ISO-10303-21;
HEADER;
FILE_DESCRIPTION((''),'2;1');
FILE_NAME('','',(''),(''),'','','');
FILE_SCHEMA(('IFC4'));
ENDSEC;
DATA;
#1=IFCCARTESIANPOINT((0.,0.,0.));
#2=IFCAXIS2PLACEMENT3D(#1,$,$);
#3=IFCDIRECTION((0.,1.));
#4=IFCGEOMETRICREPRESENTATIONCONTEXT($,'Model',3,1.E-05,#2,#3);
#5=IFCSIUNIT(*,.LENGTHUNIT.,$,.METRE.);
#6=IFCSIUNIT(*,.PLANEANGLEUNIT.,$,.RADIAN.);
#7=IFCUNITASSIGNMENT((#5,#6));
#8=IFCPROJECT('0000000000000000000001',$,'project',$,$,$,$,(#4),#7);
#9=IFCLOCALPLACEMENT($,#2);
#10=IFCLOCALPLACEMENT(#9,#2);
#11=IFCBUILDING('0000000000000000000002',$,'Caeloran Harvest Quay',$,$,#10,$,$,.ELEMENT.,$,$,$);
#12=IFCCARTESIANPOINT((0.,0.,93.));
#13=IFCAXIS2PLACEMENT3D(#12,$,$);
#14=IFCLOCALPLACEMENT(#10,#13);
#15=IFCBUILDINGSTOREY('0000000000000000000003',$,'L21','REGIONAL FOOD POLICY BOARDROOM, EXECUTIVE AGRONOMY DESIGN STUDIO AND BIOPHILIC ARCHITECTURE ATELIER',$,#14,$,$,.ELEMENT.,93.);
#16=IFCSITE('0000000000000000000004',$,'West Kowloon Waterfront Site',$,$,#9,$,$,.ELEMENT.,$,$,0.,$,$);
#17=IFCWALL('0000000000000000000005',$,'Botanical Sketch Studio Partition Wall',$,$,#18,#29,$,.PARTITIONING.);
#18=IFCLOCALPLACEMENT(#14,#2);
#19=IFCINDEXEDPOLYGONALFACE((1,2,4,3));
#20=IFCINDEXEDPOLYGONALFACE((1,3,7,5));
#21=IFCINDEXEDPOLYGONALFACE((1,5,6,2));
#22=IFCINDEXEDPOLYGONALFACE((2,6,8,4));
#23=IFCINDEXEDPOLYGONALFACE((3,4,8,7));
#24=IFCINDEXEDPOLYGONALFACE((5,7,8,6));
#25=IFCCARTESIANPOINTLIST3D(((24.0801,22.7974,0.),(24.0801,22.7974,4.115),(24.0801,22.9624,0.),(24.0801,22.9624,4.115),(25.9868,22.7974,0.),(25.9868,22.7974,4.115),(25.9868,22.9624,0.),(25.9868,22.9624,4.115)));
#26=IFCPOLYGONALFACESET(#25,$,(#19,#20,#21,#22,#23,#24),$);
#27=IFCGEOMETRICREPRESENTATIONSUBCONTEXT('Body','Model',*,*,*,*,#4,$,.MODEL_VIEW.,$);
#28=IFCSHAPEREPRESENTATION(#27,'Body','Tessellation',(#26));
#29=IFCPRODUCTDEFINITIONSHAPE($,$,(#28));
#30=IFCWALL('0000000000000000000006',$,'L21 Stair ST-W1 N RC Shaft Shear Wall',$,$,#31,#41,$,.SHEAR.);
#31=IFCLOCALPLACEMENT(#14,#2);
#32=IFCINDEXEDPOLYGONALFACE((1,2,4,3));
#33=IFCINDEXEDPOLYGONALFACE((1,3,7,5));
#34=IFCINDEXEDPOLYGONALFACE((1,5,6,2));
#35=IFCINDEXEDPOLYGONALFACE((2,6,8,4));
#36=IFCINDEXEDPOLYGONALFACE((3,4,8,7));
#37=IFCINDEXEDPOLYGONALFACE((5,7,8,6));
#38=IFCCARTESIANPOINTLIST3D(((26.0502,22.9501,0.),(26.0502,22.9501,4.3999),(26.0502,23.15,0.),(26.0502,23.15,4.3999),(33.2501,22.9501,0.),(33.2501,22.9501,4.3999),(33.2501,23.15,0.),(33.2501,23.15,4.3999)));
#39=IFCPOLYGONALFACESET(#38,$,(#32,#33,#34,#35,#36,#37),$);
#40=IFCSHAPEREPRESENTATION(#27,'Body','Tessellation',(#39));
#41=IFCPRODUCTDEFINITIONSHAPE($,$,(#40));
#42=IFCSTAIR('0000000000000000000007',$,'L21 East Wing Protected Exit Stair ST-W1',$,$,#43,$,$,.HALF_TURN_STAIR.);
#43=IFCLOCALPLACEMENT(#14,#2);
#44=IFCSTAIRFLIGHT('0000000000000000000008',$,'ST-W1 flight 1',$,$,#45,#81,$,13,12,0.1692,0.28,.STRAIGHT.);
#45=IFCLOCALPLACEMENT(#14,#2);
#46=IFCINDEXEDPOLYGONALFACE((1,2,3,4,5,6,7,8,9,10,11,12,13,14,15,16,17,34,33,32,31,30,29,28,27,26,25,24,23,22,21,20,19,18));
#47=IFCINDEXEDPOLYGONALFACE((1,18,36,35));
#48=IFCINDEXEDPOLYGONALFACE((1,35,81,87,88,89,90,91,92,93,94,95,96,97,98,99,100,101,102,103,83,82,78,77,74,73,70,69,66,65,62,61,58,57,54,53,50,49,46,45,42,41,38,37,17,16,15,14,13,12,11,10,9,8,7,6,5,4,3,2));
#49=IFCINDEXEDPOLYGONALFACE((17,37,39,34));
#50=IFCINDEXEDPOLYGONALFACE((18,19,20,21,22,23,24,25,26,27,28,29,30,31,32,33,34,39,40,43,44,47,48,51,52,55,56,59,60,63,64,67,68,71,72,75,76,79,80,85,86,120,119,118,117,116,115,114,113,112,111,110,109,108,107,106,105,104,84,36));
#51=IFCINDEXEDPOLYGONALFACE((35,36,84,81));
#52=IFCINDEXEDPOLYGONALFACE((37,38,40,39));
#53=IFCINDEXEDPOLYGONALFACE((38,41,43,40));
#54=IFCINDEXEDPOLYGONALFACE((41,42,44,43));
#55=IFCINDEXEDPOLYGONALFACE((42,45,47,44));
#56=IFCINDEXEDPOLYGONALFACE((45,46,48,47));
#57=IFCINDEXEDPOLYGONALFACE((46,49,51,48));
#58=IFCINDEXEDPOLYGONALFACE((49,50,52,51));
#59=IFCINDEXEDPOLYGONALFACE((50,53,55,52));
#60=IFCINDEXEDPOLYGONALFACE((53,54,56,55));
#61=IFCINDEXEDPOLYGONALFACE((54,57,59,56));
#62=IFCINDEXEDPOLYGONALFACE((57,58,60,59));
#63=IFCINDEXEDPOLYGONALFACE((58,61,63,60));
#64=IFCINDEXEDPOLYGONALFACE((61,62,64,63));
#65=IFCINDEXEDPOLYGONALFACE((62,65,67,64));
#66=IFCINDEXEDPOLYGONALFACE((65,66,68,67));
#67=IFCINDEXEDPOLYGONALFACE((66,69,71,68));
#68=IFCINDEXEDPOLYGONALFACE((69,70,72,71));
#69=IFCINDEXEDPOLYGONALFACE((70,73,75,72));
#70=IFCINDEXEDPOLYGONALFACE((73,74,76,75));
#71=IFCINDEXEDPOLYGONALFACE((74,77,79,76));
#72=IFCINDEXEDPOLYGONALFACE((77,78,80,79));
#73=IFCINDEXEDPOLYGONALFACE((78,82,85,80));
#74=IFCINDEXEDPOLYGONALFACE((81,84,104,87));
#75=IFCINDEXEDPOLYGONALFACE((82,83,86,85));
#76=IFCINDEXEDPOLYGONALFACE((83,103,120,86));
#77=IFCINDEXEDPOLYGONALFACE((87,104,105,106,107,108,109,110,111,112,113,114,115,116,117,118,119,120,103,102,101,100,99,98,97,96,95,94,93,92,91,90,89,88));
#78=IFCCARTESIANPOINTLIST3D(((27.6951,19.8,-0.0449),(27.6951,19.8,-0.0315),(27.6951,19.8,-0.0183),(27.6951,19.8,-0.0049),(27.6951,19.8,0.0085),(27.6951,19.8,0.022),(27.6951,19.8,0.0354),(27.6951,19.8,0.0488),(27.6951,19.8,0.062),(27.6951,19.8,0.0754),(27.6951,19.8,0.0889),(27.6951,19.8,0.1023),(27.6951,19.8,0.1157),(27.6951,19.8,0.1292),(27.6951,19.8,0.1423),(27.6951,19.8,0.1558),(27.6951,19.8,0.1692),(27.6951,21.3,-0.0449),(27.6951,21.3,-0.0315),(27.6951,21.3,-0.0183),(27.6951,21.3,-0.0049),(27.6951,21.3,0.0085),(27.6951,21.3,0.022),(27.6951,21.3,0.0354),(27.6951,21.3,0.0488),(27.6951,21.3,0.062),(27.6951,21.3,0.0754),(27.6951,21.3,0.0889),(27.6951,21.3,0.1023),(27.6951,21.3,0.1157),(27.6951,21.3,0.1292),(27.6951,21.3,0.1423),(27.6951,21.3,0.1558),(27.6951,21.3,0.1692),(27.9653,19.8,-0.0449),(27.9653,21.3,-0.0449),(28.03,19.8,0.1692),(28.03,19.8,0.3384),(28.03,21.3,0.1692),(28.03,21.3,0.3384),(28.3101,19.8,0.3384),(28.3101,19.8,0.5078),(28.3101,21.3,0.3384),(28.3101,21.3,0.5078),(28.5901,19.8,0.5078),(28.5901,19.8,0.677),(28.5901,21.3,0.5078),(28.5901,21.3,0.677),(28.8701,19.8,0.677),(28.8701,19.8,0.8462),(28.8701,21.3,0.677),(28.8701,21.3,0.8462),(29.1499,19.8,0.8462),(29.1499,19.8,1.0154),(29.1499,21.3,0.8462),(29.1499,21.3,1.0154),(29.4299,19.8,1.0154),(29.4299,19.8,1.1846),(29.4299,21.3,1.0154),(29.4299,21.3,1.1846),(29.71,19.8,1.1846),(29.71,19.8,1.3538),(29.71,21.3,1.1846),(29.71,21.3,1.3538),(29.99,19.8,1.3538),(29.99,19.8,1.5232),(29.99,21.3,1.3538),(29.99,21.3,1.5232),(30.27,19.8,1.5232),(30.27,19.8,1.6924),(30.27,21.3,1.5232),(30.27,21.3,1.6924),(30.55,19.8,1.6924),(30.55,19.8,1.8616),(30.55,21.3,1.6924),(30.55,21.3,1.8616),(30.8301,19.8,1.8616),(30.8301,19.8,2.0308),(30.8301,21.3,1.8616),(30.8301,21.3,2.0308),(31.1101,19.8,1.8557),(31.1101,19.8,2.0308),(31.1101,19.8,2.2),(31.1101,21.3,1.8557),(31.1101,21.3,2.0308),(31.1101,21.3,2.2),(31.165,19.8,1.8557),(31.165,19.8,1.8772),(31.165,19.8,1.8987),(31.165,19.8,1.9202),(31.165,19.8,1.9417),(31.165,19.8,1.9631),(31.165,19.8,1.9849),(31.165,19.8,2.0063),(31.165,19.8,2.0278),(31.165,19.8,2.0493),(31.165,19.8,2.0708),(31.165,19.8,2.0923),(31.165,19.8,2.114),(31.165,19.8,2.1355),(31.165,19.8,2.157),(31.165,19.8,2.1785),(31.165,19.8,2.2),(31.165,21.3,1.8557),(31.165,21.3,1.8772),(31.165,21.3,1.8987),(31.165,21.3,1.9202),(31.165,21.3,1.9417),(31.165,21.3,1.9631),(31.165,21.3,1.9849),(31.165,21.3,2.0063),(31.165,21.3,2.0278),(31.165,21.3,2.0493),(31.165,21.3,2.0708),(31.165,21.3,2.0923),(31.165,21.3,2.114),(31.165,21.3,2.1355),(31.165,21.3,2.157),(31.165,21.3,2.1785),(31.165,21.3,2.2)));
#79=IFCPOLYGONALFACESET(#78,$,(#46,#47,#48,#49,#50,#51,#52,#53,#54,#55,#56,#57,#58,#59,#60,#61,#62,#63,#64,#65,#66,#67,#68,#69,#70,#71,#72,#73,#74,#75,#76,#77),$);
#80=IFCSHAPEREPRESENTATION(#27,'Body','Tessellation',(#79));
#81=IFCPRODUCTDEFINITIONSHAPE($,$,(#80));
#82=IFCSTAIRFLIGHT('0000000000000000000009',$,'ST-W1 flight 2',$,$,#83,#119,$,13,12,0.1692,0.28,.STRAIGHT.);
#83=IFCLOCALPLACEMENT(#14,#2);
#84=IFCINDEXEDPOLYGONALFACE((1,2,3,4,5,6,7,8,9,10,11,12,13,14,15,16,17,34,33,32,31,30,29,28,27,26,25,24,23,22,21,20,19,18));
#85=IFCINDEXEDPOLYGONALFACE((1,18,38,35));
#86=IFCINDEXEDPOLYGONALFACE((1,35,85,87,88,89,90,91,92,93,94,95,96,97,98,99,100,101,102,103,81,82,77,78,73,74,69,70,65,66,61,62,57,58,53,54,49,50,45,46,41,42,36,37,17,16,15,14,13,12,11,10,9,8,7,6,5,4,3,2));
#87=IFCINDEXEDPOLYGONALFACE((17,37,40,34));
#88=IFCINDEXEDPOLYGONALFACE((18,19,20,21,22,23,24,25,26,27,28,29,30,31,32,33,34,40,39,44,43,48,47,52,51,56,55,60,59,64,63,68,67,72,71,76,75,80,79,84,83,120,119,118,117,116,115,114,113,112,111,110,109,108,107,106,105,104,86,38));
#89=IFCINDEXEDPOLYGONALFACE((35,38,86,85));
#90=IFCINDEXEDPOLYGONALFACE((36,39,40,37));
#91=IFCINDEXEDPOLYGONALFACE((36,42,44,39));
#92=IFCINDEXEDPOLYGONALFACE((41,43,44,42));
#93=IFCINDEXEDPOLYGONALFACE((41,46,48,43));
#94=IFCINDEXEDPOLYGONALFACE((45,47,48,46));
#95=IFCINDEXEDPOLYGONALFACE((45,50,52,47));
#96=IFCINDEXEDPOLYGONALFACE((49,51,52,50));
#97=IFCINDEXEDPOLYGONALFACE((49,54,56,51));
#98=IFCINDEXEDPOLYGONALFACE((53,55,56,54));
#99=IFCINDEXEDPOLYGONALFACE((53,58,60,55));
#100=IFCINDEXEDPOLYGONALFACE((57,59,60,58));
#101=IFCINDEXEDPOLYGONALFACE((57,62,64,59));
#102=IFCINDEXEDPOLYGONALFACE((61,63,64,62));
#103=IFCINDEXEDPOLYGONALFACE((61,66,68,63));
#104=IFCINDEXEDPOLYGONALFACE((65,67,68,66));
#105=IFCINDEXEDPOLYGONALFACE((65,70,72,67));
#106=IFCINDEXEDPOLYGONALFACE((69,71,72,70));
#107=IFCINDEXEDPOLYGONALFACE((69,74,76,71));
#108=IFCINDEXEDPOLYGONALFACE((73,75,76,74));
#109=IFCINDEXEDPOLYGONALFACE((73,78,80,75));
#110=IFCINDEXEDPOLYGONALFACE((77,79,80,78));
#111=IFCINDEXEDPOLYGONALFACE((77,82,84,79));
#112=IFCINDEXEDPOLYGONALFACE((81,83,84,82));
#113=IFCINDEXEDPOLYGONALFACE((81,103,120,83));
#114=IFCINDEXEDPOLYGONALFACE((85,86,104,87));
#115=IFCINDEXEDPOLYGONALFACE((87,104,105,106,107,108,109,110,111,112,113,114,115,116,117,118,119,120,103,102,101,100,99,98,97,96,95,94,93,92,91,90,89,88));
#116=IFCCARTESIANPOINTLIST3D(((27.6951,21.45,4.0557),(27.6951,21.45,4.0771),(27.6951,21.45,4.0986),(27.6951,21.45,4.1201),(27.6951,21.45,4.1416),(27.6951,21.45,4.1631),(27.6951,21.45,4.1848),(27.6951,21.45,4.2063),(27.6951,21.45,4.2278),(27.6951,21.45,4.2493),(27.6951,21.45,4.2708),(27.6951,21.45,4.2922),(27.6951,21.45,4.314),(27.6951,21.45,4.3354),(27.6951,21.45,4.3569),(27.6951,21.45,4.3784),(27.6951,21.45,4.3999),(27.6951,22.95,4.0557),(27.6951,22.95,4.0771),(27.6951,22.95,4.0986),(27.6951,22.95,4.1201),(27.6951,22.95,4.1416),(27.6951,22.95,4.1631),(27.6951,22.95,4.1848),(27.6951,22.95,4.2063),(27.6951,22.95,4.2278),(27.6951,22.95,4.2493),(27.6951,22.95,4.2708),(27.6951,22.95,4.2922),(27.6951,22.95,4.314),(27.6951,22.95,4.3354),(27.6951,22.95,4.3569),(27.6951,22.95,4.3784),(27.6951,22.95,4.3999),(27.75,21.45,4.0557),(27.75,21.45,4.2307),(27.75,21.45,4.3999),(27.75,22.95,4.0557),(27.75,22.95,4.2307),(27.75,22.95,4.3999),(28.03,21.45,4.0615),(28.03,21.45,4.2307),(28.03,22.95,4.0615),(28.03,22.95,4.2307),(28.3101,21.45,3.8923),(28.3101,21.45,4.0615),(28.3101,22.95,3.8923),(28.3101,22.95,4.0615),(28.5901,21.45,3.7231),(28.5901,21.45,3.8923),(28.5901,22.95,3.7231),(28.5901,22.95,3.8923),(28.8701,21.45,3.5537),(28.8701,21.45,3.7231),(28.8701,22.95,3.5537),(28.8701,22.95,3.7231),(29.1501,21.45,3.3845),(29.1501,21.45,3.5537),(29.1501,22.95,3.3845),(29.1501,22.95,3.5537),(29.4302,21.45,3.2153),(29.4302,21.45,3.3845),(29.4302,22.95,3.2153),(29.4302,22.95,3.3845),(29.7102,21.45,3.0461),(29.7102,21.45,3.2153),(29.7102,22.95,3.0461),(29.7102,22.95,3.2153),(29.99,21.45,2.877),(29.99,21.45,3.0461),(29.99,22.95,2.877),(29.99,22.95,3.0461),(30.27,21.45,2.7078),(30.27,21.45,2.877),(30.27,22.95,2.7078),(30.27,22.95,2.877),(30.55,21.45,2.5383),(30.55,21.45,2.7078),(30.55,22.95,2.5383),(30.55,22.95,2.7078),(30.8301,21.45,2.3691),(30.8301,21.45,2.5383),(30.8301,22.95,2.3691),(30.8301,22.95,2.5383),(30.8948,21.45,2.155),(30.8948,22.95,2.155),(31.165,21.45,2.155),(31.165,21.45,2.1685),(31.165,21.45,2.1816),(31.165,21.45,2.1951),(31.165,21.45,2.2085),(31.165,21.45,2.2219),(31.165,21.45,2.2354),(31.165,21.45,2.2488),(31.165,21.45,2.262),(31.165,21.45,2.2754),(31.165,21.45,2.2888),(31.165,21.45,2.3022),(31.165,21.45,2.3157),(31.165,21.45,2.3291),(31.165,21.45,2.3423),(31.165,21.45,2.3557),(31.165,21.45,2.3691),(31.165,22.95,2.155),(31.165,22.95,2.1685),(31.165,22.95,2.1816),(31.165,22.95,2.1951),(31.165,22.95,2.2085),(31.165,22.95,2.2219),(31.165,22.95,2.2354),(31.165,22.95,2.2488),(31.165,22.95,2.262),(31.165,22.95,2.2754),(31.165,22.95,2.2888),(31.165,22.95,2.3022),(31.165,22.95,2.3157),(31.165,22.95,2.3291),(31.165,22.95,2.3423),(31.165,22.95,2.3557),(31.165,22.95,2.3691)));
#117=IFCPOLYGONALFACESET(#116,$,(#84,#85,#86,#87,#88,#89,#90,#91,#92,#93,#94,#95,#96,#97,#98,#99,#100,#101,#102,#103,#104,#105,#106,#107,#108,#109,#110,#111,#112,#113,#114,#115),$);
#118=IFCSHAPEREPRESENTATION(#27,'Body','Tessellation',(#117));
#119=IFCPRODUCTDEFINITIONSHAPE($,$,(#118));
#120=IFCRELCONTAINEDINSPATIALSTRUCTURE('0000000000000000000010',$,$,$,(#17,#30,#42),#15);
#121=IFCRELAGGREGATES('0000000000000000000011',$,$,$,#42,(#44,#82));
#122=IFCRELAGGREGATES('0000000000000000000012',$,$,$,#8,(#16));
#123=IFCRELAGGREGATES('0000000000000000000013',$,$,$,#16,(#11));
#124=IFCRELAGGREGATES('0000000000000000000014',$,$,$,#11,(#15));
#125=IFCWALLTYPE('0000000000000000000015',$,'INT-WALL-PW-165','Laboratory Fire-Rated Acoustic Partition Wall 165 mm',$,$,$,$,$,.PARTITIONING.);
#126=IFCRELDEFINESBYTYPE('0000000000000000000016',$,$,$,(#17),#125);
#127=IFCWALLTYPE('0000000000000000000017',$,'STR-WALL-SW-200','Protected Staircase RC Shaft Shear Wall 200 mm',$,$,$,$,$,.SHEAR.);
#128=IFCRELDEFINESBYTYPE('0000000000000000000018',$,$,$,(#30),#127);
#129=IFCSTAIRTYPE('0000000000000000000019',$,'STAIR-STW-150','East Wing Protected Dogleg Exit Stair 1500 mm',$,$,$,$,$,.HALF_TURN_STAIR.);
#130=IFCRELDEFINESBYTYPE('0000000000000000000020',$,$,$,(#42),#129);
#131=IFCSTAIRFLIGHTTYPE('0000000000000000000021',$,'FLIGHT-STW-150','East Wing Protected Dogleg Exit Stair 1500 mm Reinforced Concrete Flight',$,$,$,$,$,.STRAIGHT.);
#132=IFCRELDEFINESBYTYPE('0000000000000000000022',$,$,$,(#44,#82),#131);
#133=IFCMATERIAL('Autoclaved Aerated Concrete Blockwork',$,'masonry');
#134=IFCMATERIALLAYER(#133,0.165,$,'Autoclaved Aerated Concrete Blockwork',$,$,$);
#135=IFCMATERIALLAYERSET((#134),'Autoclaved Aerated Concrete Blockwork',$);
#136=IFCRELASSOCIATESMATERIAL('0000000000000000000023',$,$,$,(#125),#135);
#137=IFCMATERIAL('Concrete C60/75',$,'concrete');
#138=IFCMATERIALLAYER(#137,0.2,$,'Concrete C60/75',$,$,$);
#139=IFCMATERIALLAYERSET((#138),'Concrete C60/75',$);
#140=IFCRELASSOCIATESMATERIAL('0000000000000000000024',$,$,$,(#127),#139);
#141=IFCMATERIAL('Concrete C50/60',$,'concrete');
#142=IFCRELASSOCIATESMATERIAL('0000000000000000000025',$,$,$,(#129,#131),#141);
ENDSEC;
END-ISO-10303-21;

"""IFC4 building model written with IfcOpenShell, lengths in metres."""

from ifc_helpers import new_model, si_unit, direction, frame, frame_2d, origin, place, context, subcontext, project, spatial, polyline, rectangle, outline, extrude, material, layer, layer_set, type_object, element, aggregate, save


model = new_model("IFC4")

# Units and contexts
model_context = context("Model", 3, precision=1e-05, world=origin(), true_north=direction((0.0, 1.0)))
body_context = subcontext(model_context, "Body", "Model", "MODEL_VIEW")
ifc_project = project(units=[si_unit("LENGTHUNIT", "METRE"), si_unit("PLANEANGLEUNIT", "RADIAN")], contexts=[model_context])

# Site, building, storey
site_placement = place(None, origin())
site = spatial("IfcSite", under=ifc_project, at=site_placement, Name="West Kowloon Waterfront Site", CompositionType="ELEMENT", RefElevation=0.0)
building_placement = place(site_placement, origin())
building = spatial("IfcBuilding", under=site, at=building_placement, Name="Caeloran Harvest Quay", CompositionType="ELEMENT")
storey_placement = place(building_placement, frame((0.0, 0.0, 93.0)))
storey = spatial("IfcBuildingStorey", under=building, at=storey_placement, Name="L21", Description="REGIONAL FOOD POLICY BOARDROOM, EXECUTIVE AGRONOMY DESIGN STUDIO AND BIOPHILIC ARCHITECTURE ATELIER", CompositionType="ELEMENT", Elevation=93.0)

# Walls
ifc_material_1 = material(Name="Autoclaved Aerated Concrete Blockwork", Category="masonry")
ifc_layer_1 = layer(ifc_material_1, 0.165, Name="Autoclaved Aerated Concrete Blockwork")
ifc_layer_set_1 = layer_set([ifc_layer_1], Name="Autoclaved Aerated Concrete Blockwork")
wall_type_1 = type_object("IfcWallType", Name="INT-WALL-PW-165", Description="Laboratory Fire-Rated Acoustic Partition Wall 165 mm", PredefinedType="PARTITIONING", material=ifc_layer_set_1)
wall_1_placement = place(storey_placement, frame((25.9868, 22.8799, 0.0), z_axis=(0.0, 0.0, 1.0), x_axis=(-1.0, 0.0, 0.0)))
element("IfcWall", 1, at=wall_1_placement, inside=storey, type_object=wall_type_1, Name="Botanical Sketch Studio Partition Wall", PredefinedType="PARTITIONING", context=body_context, shape_type="SweptSolid", body=[
    extrude(rectangle(XDim=1.9067, YDim=0.165, at=frame_2d((0.9534, 0.0))), origin(), (0.0, 0.0, 1.0), 4.115),
])
ifc_material_2 = material(Name="Concrete C60/75", Category="concrete")
ifc_layer_2 = layer(ifc_material_2, 0.2, Name="Concrete C60/75")
ifc_layer_set_2 = layer_set([ifc_layer_2], Name="Concrete C60/75")
wall_type_2 = type_object("IfcWallType", Name="STR-WALL-SW-200", Description="Protected Staircase RC Shaft Shear Wall 200 mm", PredefinedType="SHEAR", material=ifc_layer_set_2)
wall_2_placement = place(storey_placement, frame((26.05, 23.05, 0.0), z_axis=(0.0, 0.0, 1.0), x_axis=(1.0, 0.0, 0.0)))
element("IfcWall", 2, at=wall_2_placement, inside=storey, type_object=wall_type_2, Name="L21 Stair ST-W1 N RC Shaft Shear Wall", PredefinedType="SHEAR", context=body_context, shape_type="SweptSolid", body=[
    extrude(rectangle(XDim=7.2, YDim=0.2, at=frame_2d((3.6001, 0.0))), origin(), (0.0, 0.0, 1.0), 4.3999),
])

# Stair, stair flights
ifc_material_3 = material(Name="Concrete C50/60", Category="concrete")
stair_type = type_object("IfcStairType", Name="STAIR-STW-150", Description="East Wing Protected Dogleg Exit Stair 1500 mm", PredefinedType="HALF_TURN_STAIR", material=ifc_material_3)
stair_placement = place(storey_placement, origin())
stair = element("IfcStair", 3, at=stair_placement, inside=storey, type_object=stair_type, Name="L21 East Wing Protected Exit Stair ST-W1", PredefinedType="HALF_TURN_STAIR")
stair_flight_type = type_object("IfcStairFlightType", Name="FLIGHT-STW-150", Description="East Wing Protected Dogleg Exit Stair 1500 mm Reinforced Concrete Flight", PredefinedType="STRAIGHT", material=ifc_material_3)
stair_flight_1_placement = place(storey_placement, frame((27.75, 20.55, 0.0), z_axis=(0.0, 0.0, 1.0), x_axis=(1.0, 0.0, 0.0)))
stair_flight_1 = element("IfcStairFlight", 4, at=stair_flight_1_placement, type_object=stair_flight_type, Name="ST-W1 flight 1", NumberOfRisers=13, NumberOfTreads=12, PredefinedType="STRAIGHT", RiserHeight=0.1692, TreadLength=0.28, context=body_context, shape_type="SweptSolid", body=[
    extrude(outline(polyline([(-0.0549, -0.0449), (-0.0549, -0.0315), (-0.0549, -0.0183), (-0.0549, -0.0049), (-0.0549, 0.0085), (-0.0549, 0.022), (-0.0549, 0.0354), (-0.0549, 0.0488), (-0.0549, 0.062), (-0.0549, 0.0754), (-0.0549, 0.0889), (-0.0549, 0.1023), (-0.0549, 0.1157), (-0.0549, 0.1292), (-0.0549, 0.1423), (-0.0549, 0.1558), (-0.0549, 0.1692), (0.28, 0.1692), (0.28, 0.3384), (0.5601, 0.3384), (0.5601, 0.5078), (0.8401, 0.5078), (0.8401, 0.677), (1.1201, 0.677), (1.1201, 0.8462), (1.3999, 0.8462), (1.3999, 1.0154), (1.6799, 1.0154), (1.6799, 1.1846), (1.96, 1.1846), (1.96, 1.3538), (2.24, 1.3538), (2.24, 1.5232), (2.52, 1.5232), (2.52, 1.6924), (2.8, 1.6924), (2.8, 1.8616), (3.0801, 1.8616), (3.0801, 2.0308), (3.3601, 2.0308), (3.3601, 2.2), (3.415, 2.2), (3.415, 2.1785), (3.415, 2.157), (3.415, 2.1355), (3.415, 2.114), (3.415, 2.0923), (3.415, 2.0708), (3.415, 2.0493), (3.415, 2.0278), (3.415, 2.0063), (3.415, 1.9849), (3.415, 1.9631), (3.415, 1.9417), (3.415, 1.9202), (3.415, 1.8987), (3.415, 1.8772), (3.415, 1.8557), (3.3601, 1.8557), (0.2153, -0.0449), (-0.0549, -0.0449)])), frame((0.0, 0.75, 0.0), z_axis=(0.0, -1.0, 0.0), x_axis=(1.0, 0.0, 0.0)), (0.0, 0.0, 1.0), 1.5),
])
stair_flight_2_placement = place(storey_placement, frame((31.1101, 22.2, 2.2), z_axis=(0.0, 0.0, 1.0), x_axis=(-1.0, 0.0, 0.0)))
stair_flight_2 = element("IfcStairFlight", 5, at=stair_flight_2_placement, type_object=stair_flight_type, Name="ST-W1 flight 2", NumberOfRisers=13, NumberOfTreads=12, PredefinedType="STRAIGHT", RiserHeight=0.1692, TreadLength=0.28, context=body_context, shape_type="SweptSolid", body=[
    extrude(outline(polyline([(-0.0549, -0.0449), (-0.0549, -0.0315), (-0.0549, -0.0183), (-0.0549, -0.0049), (-0.0549, 0.0085), (-0.0549, 0.022), (-0.0549, 0.0354), (-0.0549, 0.0488), (-0.0549, 0.062), (-0.0549, 0.0754), (-0.0549, 0.0889), (-0.0549, 0.1023), (-0.0549, 0.1157), (-0.0549, 0.1292), (-0.0549, 0.1423), (-0.0549, 0.1558), (-0.0549, 0.1692), (0.28, 0.1692), (0.28, 0.3384), (0.5601, 0.3384), (0.5601, 0.5078), (0.8401, 0.5078), (0.8401, 0.677), (1.1201, 0.677), (1.1201, 0.8462), (1.3999, 0.8462), (1.3999, 1.0154), (1.6799, 1.0154), (1.6799, 1.1846), (1.96, 1.1846), (1.96, 1.3538), (2.24, 1.3538), (2.24, 1.5232), (2.52, 1.5232), (2.52, 1.6924), (2.8, 1.6924), (2.8, 1.8616), (3.0801, 1.8616), (3.0801, 2.0308), (3.3601, 2.0308), (3.3601, 2.2), (3.415, 2.2), (3.415, 2.1785), (3.415, 2.157), (3.415, 2.1355), (3.415, 2.114), (3.415, 2.0923), (3.415, 2.0708), (3.415, 2.0493), (3.415, 2.0278), (3.415, 2.0063), (3.415, 1.9849), (3.415, 1.9631), (3.415, 1.9417), (3.415, 1.9202), (3.415, 1.8987), (3.415, 1.8772), (3.415, 1.8557), (3.3601, 1.8557), (0.2153, -0.0449), (-0.0549, -0.0449)])), frame((0.0, 0.75, 0.0), z_axis=(0.0, -1.0, 0.0), x_axis=(1.0, 0.0, 0.0)), (0.0, 0.0, 1.0), 1.5),
])
aggregate(stair, [stair_flight_1, stair_flight_2])

save(model, "model.ifc")
